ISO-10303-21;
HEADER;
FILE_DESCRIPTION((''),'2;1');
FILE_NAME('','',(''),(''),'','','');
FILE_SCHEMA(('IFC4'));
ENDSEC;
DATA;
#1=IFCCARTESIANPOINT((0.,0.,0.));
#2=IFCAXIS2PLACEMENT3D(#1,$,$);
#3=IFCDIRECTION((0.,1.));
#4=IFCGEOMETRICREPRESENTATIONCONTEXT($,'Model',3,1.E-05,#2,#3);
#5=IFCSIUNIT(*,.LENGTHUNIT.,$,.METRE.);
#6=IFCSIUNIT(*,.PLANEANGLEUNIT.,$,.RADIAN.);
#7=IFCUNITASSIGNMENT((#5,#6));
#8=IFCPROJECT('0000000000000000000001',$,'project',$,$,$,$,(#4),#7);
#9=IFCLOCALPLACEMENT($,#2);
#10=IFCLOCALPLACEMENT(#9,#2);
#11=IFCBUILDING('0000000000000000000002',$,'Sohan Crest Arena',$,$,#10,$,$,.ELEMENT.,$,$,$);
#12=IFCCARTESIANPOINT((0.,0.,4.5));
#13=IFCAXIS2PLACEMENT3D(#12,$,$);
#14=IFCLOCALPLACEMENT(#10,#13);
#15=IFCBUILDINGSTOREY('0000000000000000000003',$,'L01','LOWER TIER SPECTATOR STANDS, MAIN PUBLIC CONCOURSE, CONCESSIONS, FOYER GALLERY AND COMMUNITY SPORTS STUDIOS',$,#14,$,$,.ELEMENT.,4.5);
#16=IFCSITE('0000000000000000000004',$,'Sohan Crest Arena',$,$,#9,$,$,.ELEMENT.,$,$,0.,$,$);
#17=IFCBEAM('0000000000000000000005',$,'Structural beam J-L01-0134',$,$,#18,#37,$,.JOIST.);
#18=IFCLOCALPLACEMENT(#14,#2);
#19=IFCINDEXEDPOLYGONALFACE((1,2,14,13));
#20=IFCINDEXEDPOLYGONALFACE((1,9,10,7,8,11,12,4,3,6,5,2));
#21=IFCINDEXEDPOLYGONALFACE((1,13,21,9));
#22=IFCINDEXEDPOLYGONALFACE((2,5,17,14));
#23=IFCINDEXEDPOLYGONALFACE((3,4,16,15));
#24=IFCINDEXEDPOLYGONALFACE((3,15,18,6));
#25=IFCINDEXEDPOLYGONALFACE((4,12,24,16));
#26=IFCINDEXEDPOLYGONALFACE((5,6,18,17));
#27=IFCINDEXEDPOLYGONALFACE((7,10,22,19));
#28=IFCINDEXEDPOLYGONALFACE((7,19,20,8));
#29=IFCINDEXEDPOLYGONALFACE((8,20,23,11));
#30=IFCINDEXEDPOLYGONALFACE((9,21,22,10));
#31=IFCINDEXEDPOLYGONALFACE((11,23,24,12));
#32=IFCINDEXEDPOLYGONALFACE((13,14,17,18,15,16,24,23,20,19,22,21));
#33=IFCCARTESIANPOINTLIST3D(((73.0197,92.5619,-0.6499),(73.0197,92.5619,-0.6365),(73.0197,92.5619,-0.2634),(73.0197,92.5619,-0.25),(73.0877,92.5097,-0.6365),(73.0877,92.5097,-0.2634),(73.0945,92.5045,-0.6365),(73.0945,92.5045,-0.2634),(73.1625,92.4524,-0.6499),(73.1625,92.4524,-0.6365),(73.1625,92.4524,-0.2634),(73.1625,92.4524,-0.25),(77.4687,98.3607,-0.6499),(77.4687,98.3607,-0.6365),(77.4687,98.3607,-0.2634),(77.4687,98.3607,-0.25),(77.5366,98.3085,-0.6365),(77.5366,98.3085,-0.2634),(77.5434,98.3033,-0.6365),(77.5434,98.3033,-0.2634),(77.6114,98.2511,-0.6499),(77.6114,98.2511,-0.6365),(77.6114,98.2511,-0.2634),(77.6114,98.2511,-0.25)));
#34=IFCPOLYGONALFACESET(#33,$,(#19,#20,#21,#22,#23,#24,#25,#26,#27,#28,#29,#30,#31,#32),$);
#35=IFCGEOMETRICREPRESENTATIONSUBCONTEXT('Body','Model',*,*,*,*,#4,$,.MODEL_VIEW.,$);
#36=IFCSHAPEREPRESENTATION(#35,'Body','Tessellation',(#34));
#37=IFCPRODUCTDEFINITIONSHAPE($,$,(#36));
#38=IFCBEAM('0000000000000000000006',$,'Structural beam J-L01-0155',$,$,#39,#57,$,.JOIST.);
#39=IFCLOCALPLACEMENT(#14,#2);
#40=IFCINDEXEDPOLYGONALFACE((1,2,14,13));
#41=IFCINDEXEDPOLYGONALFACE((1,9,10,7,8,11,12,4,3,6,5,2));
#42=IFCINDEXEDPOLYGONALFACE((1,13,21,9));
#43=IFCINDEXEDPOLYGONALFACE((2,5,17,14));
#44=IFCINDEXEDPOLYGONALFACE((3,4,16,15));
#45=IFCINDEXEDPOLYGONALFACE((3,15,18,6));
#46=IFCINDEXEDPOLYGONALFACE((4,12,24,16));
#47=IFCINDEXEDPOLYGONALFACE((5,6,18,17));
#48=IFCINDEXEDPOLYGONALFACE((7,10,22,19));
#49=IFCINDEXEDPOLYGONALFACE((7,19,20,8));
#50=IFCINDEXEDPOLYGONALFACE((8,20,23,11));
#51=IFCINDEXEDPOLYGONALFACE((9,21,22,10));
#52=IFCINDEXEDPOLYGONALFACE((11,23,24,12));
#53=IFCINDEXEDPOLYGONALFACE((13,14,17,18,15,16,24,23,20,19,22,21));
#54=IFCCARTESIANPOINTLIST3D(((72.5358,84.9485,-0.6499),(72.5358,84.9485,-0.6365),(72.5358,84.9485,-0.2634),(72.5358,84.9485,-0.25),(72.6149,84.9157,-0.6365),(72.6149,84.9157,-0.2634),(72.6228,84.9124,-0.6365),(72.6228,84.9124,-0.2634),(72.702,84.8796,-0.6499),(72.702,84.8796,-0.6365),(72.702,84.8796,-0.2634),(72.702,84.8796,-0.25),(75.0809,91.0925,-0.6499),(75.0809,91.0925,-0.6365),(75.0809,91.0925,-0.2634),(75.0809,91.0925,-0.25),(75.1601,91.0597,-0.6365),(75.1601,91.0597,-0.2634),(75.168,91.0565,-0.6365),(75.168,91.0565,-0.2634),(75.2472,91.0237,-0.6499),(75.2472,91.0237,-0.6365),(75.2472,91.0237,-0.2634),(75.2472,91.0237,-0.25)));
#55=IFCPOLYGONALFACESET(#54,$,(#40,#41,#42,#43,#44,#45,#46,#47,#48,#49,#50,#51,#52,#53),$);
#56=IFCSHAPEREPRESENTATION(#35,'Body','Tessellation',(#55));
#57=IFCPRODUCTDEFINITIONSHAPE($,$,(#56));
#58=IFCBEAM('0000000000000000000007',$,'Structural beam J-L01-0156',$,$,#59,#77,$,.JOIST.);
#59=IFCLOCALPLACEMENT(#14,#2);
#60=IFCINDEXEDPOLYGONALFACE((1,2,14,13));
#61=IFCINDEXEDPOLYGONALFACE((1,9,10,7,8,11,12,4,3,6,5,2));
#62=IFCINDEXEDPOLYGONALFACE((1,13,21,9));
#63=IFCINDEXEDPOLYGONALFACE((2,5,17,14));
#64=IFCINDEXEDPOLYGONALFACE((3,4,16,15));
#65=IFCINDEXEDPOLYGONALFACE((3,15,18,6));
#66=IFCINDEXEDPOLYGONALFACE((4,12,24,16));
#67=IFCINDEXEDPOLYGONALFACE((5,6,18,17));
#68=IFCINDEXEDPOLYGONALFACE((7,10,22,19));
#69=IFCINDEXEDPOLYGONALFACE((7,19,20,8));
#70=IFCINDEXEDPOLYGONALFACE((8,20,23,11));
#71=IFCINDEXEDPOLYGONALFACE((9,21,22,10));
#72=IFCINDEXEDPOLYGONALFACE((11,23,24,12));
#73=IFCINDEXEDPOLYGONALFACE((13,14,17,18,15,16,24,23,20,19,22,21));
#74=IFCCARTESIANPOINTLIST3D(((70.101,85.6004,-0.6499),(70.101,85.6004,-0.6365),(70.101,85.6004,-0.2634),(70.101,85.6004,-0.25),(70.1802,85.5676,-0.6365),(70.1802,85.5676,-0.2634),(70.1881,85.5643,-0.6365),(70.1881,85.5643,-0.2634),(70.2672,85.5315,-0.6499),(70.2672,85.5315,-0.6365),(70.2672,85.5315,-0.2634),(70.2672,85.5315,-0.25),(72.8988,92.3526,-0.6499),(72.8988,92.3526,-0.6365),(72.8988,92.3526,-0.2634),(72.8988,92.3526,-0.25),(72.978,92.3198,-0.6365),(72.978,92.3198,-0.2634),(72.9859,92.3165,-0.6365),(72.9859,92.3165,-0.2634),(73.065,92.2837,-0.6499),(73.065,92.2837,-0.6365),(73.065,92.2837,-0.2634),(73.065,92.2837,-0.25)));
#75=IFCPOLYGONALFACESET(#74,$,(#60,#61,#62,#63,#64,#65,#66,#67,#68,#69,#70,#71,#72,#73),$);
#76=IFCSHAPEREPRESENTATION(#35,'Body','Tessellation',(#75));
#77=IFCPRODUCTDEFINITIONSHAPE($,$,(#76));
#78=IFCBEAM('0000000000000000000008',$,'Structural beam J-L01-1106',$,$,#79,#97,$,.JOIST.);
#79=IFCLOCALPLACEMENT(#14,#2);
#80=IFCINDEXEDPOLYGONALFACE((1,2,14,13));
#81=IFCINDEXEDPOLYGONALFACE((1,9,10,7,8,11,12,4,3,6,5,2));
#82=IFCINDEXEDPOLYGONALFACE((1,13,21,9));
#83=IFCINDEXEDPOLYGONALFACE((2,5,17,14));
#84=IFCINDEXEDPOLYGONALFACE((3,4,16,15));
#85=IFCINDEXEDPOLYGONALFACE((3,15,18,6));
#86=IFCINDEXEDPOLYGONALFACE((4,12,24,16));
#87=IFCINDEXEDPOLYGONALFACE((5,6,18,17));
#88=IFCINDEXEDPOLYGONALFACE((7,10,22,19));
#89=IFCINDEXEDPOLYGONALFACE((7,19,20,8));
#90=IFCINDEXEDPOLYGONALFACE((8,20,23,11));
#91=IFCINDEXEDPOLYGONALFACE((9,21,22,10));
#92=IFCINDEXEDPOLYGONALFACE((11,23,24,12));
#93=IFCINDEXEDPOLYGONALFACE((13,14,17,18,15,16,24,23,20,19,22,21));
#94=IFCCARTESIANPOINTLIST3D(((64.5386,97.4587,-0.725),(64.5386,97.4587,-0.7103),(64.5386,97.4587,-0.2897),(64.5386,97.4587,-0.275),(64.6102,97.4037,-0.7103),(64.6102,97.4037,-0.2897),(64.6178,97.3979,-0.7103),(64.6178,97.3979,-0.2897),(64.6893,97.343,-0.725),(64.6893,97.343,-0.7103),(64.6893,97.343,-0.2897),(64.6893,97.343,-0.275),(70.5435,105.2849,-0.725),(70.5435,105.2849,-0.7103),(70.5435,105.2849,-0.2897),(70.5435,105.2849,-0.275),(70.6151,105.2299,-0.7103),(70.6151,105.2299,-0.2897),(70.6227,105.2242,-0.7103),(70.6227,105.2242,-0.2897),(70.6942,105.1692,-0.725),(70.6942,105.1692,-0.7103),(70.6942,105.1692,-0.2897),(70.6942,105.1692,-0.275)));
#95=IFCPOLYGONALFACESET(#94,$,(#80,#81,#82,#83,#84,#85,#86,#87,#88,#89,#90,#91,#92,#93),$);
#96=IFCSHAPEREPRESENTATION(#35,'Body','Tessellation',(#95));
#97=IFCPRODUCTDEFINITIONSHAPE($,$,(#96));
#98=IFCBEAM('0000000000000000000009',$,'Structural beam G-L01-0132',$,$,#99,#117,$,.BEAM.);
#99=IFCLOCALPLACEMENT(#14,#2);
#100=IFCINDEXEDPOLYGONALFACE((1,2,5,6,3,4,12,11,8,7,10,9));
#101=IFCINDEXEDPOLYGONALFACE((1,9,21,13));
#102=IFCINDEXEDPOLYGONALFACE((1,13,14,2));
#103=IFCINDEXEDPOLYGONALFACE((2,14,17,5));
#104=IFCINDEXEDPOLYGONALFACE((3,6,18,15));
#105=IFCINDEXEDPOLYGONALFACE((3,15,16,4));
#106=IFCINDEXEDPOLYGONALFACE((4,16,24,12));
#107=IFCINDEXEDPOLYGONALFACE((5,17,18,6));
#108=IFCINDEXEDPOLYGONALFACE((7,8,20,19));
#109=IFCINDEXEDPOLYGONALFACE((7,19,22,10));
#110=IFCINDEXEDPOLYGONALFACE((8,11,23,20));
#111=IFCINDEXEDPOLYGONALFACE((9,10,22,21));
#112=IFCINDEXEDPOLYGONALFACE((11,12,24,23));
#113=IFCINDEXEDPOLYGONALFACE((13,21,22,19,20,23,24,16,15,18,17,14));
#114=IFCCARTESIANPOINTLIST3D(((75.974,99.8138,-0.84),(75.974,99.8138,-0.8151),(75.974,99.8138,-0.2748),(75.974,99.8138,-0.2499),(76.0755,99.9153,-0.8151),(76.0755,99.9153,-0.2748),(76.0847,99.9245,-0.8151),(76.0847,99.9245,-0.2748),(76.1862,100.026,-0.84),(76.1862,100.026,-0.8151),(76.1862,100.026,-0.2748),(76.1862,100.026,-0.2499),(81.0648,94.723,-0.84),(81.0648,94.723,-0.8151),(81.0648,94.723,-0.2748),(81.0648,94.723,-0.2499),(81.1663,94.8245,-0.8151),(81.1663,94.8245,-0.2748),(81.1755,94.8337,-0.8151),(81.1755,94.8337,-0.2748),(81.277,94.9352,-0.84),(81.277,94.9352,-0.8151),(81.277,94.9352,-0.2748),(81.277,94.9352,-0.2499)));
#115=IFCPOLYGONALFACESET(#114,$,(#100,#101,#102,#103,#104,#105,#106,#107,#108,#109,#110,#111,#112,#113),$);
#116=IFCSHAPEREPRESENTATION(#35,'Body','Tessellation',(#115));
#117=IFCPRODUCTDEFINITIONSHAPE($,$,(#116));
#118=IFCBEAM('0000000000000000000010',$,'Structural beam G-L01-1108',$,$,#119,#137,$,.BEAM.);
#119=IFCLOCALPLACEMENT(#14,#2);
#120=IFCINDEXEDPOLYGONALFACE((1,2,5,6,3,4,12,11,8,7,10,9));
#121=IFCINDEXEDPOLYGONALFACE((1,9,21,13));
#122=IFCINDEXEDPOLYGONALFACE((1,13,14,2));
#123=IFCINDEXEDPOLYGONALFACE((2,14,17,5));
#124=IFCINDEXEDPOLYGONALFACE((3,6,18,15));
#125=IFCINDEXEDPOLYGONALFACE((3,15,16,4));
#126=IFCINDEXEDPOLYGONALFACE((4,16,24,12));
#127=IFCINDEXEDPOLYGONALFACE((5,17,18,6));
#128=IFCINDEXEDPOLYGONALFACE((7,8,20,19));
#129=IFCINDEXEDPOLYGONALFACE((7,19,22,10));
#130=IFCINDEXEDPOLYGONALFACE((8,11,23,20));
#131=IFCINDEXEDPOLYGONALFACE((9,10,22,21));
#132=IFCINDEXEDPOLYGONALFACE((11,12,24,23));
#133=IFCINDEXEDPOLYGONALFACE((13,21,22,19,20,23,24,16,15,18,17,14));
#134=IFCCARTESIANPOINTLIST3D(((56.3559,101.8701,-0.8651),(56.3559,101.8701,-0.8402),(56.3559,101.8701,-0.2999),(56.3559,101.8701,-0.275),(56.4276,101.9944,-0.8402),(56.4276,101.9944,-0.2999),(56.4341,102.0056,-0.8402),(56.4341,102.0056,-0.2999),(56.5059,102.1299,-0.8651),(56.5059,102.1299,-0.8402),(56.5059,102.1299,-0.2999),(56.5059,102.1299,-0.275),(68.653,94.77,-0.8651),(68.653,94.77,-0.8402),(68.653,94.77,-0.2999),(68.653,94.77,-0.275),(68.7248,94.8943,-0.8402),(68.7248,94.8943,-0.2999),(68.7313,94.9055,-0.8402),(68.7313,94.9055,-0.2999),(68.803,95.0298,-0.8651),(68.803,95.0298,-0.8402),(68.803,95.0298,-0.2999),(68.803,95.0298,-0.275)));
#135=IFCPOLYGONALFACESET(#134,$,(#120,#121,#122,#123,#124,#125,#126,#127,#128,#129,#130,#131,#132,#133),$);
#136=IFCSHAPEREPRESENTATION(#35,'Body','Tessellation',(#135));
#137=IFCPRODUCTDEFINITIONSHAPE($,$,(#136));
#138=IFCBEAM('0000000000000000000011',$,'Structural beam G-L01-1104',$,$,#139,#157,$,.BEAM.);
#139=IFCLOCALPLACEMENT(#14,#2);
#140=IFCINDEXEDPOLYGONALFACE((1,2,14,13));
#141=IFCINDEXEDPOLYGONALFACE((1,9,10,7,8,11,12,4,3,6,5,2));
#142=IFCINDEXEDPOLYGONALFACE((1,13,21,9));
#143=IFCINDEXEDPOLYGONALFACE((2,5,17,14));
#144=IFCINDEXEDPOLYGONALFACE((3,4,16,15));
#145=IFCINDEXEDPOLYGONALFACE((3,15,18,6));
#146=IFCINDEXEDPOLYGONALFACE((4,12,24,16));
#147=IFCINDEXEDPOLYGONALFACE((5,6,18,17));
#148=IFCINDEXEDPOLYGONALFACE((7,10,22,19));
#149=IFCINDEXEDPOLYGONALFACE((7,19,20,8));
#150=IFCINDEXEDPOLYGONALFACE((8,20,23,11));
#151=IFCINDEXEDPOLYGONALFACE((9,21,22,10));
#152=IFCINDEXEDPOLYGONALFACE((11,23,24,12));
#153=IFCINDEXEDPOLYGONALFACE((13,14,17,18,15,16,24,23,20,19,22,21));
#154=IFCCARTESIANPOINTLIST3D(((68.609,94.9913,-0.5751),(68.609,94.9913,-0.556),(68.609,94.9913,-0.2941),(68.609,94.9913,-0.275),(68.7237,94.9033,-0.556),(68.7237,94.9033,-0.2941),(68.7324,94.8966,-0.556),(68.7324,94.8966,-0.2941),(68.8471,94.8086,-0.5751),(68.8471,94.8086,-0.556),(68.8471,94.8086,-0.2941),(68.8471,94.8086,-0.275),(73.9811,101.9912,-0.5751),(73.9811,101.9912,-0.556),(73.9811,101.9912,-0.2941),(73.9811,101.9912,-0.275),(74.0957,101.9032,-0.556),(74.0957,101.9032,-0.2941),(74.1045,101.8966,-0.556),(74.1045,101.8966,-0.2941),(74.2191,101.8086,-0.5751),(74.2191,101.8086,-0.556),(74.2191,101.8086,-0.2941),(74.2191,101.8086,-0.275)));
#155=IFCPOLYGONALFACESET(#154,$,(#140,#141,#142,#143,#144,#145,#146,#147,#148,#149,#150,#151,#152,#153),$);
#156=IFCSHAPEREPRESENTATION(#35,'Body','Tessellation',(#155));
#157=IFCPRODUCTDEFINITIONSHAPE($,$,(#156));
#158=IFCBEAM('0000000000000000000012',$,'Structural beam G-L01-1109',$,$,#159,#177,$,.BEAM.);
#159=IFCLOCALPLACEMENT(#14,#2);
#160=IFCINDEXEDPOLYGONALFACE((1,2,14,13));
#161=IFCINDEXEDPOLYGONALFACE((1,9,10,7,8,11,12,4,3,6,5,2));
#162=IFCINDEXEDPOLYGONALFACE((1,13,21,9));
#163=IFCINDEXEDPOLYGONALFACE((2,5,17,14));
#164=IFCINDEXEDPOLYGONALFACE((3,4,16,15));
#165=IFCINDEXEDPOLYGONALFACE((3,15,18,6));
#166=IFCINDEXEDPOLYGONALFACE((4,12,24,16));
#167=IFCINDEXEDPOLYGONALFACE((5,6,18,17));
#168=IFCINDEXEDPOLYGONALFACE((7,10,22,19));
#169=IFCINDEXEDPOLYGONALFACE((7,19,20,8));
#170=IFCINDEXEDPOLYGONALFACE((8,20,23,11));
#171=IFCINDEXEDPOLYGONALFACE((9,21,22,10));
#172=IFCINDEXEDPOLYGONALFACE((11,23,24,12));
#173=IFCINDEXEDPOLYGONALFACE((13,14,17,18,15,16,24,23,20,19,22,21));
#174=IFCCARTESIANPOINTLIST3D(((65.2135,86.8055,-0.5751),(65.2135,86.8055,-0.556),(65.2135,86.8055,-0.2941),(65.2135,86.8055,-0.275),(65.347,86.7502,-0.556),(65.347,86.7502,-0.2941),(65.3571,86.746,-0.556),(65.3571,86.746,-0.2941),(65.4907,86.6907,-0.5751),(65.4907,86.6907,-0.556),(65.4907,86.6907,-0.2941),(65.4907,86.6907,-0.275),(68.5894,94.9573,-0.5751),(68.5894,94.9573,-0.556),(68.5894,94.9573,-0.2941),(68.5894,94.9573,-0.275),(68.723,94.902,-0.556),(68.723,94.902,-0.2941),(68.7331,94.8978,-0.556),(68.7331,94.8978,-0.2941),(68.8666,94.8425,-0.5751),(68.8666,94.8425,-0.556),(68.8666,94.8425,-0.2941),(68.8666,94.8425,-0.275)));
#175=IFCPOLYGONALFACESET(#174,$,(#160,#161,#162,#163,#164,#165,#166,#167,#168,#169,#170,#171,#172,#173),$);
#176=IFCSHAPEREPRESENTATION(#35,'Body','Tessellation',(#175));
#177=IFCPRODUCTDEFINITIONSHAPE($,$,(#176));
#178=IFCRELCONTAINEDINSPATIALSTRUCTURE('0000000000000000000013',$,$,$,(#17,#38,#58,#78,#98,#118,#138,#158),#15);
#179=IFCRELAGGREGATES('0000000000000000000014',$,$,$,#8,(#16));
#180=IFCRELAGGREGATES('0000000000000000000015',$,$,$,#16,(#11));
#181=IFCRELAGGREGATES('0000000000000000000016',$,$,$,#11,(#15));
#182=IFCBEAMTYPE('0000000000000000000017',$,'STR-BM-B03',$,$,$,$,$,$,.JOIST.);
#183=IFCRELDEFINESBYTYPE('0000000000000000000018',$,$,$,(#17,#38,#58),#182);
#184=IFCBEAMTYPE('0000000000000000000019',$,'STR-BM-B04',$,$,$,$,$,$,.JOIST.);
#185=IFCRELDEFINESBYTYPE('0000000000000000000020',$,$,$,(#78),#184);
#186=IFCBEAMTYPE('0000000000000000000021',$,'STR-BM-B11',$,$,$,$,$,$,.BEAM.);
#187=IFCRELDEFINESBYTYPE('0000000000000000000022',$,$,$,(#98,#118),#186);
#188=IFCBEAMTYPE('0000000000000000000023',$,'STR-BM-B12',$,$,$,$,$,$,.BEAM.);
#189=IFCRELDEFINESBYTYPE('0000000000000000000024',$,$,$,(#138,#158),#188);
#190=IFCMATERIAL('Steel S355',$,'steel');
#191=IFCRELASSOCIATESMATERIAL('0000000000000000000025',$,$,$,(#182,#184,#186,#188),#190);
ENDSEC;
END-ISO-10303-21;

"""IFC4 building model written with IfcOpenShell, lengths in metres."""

from ifc_helpers import new_model, si_unit, direction, frame, origin, origin_2d, place, context, subcontext, project, spatial, i_section, extrude, material, material_profile, profile_set, type_object, element, save


model = new_model("IFC4")

# Units and contexts
model_context = context("Model", 3, precision=1e-05, world=origin(), true_north=direction((0.0, 1.0)))
body_context = subcontext(model_context, "Body", "Model", "MODEL_VIEW")
ifc_project = project(units=[si_unit("LENGTHUNIT", "METRE"), si_unit("PLANEANGLEUNIT", "RADIAN")], contexts=[model_context])

# Site, building, storey
site_placement = place(None, origin())
site = spatial("IfcSite", under=ifc_project, at=site_placement, Name="Sohan Crest Arena", CompositionType="ELEMENT", RefElevation=0.0)
building_placement = place(site_placement, origin())
building = spatial("IfcBuilding", under=site, at=building_placement, Name="Sohan Crest Arena", CompositionType="ELEMENT")
storey_placement = place(building_placement, frame((0.0, 0.0, 4.5)))
storey = spatial("IfcBuildingStorey", under=building, at=storey_placement, Name="L01", Description="LOWER TIER SPECTATOR STANDS, MAIN PUBLIC CONCOURSE, CONCESSIONS, FOYER GALLERY AND COMMUNITY SPORTS STUDIOS", CompositionType="ELEMENT", Elevation=4.5)

# Shared definitions
ifc_material_1 = material(Name="Steel S355", Category="steel")

# Beams
ifc_material_profile_1 = material_profile(ifc_material_1, i_section(OverallWidth=0.1799, OverallDepth=0.3999, WebThickness=0.0085, FlangeThickness=0.0134, at=origin_2d()), Name="IPE 400")
ifc_profile_set_1 = profile_set([ifc_material_profile_1], Name="Steel S355")
beam_type_1 = type_object("IfcBeamType", Name="STR-BM-B03", PredefinedType="JOIST", material=ifc_profile_set_1)
beam_1_placement = place(storey_placement, frame((77.54, 98.3059, -0.45), z_axis=(-0.608708, -0.793394, 0.0), x_axis=(0.793394, -0.608708, 0.0)))
element("IfcBeam", 1, at=beam_1_placement, inside=storey, type_object=beam_type_1, Name="Structural beam J-L01-0134", PredefinedType="JOIST", context=body_context, shape_type="SweptSolid", body=[
    extrude(i_section(OverallWidth=0.1799, OverallDepth=0.3999, WebThickness=0.0085, FlangeThickness=0.0134, at=origin_2d()), origin(), (0.0, 0.0, 1.0), 7.3088),
])
beam_2_placement = place(storey_placement, frame((75.1641, 91.0581, -0.45), z_axis=(-0.382712, -0.923868, 0.0), x_axis=(0.923868, -0.382712, 0.0)))
element("IfcBeam", 2, at=beam_2_placement, inside=storey, type_object=beam_type_1, Name="Structural beam J-L01-0155", PredefinedType="JOIST", context=body_context, shape_type="SweptSolid", body=[
    extrude(i_section(OverallWidth=0.1799, OverallDepth=0.3999, WebThickness=0.0085, FlangeThickness=0.0134, at=origin_2d()), origin(), (0.0, 0.0, 1.0), 6.6504),
])
beam_3_placement = place(storey_placement, frame((72.9819, 92.3181, -0.45), z_axis=(-0.3828, -0.923831, 0.0), x_axis=(0.923831, -0.3828, 0.0)))
element("IfcBeam", 3, at=beam_3_placement, inside=storey, type_object=beam_type_1, Name="Structural beam J-L01-0156", PredefinedType="JOIST", context=body_context, shape_type="SweptSolid", body=[
    extrude(i_section(OverallWidth=0.1799, OverallDepth=0.3999, WebThickness=0.0085, FlangeThickness=0.0134, at=origin_2d()), origin(), (0.0, 0.0, 1.0), 7.3088),
])
ifc_material_profile_2 = material_profile(ifc_material_1, i_section(OverallWidth=0.1899, OverallDepth=0.45, WebThickness=0.0095, FlangeThickness=0.0146, at=origin_2d()), Name="IPE 450")
ifc_profile_set_2 = profile_set([ifc_material_profile_2], Name="Steel S355")
beam_type_2 = type_object("IfcBeamType", Name="STR-BM-B04", PredefinedType="JOIST", material=ifc_profile_set_2)
beam_4_placement = place(storey_placement, frame((70.6189, 105.2271, -0.5), z_axis=(-0.608739, -0.79337, 0.0), x_axis=(0.79337, -0.608739, 0.0)))
element("IfcBeam", 4, at=beam_4_placement, inside=storey, type_object=beam_type_2, Name="Structural beam J-L01-1106", PredefinedType="JOIST", context=body_context, shape_type="SweptSolid", body=[
    extrude(i_section(OverallWidth=0.1899, OverallDepth=0.45, WebThickness=0.0095, FlangeThickness=0.0146, at=origin_2d()), origin(), (0.0, 0.0, 1.0), 9.8645),
])
ifc_material_profile_3 = material_profile(ifc_material_1, i_section(OverallWidth=0.3, OverallDepth=0.5901, WebThickness=0.0129, FlangeThickness=0.0249, at=origin_2d()), Name="HEA 600")
ifc_profile_set_3 = profile_set([ifc_material_profile_3], Name="Steel S355")
beam_type_3 = type_object("IfcBeamType", Name="STR-BM-B11", PredefinedType="BEAM", material=ifc_profile_set_3)
beam_5_placement = place(storey_placement, frame((81.1709, 94.8291, -0.5449), z_axis=(-0.707107, 0.707107, 0.0), x_axis=(-0.707107, -0.707107, 0.0)))
element("IfcBeam", 5, at=beam_5_placement, inside=storey, type_object=beam_type_3, Name="Structural beam G-L01-0132", PredefinedType="BEAM", context=body_context, shape_type="SweptSolid", body=[
    extrude(i_section(OverallWidth=0.3, OverallDepth=0.5901, WebThickness=0.0129, FlangeThickness=0.0249, at=origin_2d()), origin(), (0.0, 0.0, 1.0), 7.1995),
])
beam_6_placement = place(storey_placement, frame((68.728, 94.8999, -0.5701), z_axis=(-0.866015, 0.500019, 0.0), x_axis=(-0.500019, -0.866015, 0.0)))
element("IfcBeam", 6, at=beam_6_placement, inside=storey, type_object=beam_type_3, Name="Structural beam G-L01-1108", PredefinedType="BEAM", context=body_context, shape_type="SweptSolid", body=[
    extrude(i_section(OverallWidth=0.3, OverallDepth=0.5901, WebThickness=0.0129, FlangeThickness=0.0249, at=origin_2d()), origin(), (0.0, 0.0, 1.0), 14.1997),
])
ifc_material_profile_4 = material_profile(ifc_material_1, i_section(OverallWidth=0.3, OverallDepth=0.3, WebThickness=0.011, FlangeThickness=0.019, at=origin_2d()), Name="HEB 300")
ifc_profile_set_4 = profile_set([ifc_material_profile_4], Name="Steel S355")
beam_type_4 = type_object("IfcBeamType", Name="STR-BM-B12", PredefinedType="BEAM", material=ifc_profile_set_4)
beam_7_placement = place(storey_placement, frame((74.1001, 101.8999, -0.425), z_axis=(-0.608817, -0.793311, 0.0), x_axis=(0.793311, -0.608817, 0.0)))
element("IfcBeam", 7, at=beam_7_placement, inside=storey, type_object=beam_type_4, Name="Structural beam G-L01-1104", PredefinedType="BEAM", context=body_context, shape_type="SweptSolid", body=[
    extrude(i_section(OverallWidth=0.3, OverallDepth=0.3, WebThickness=0.011, FlangeThickness=0.019, at=origin_2d()), origin(), (0.0, 0.0, 1.0), 8.8237),
])
beam_8_placement = place(storey_placement, frame((68.728, 94.8999, -0.425), z_axis=(-0.382622, -0.923905, 0.0), x_axis=(0.923905, -0.382622, 0.0)))
element("IfcBeam", 8, at=beam_8_placement, inside=storey, type_object=beam_type_4, Name="Structural beam G-L01-1109", PredefinedType="BEAM", context=body_context, shape_type="SweptSolid", body=[
    extrude(i_section(OverallWidth=0.3, OverallDepth=0.3, WebThickness=0.011, FlangeThickness=0.019, at=origin_2d()), origin(), (0.0, 0.0, 1.0), 8.8232),
])

save(model, "model.ifc")
